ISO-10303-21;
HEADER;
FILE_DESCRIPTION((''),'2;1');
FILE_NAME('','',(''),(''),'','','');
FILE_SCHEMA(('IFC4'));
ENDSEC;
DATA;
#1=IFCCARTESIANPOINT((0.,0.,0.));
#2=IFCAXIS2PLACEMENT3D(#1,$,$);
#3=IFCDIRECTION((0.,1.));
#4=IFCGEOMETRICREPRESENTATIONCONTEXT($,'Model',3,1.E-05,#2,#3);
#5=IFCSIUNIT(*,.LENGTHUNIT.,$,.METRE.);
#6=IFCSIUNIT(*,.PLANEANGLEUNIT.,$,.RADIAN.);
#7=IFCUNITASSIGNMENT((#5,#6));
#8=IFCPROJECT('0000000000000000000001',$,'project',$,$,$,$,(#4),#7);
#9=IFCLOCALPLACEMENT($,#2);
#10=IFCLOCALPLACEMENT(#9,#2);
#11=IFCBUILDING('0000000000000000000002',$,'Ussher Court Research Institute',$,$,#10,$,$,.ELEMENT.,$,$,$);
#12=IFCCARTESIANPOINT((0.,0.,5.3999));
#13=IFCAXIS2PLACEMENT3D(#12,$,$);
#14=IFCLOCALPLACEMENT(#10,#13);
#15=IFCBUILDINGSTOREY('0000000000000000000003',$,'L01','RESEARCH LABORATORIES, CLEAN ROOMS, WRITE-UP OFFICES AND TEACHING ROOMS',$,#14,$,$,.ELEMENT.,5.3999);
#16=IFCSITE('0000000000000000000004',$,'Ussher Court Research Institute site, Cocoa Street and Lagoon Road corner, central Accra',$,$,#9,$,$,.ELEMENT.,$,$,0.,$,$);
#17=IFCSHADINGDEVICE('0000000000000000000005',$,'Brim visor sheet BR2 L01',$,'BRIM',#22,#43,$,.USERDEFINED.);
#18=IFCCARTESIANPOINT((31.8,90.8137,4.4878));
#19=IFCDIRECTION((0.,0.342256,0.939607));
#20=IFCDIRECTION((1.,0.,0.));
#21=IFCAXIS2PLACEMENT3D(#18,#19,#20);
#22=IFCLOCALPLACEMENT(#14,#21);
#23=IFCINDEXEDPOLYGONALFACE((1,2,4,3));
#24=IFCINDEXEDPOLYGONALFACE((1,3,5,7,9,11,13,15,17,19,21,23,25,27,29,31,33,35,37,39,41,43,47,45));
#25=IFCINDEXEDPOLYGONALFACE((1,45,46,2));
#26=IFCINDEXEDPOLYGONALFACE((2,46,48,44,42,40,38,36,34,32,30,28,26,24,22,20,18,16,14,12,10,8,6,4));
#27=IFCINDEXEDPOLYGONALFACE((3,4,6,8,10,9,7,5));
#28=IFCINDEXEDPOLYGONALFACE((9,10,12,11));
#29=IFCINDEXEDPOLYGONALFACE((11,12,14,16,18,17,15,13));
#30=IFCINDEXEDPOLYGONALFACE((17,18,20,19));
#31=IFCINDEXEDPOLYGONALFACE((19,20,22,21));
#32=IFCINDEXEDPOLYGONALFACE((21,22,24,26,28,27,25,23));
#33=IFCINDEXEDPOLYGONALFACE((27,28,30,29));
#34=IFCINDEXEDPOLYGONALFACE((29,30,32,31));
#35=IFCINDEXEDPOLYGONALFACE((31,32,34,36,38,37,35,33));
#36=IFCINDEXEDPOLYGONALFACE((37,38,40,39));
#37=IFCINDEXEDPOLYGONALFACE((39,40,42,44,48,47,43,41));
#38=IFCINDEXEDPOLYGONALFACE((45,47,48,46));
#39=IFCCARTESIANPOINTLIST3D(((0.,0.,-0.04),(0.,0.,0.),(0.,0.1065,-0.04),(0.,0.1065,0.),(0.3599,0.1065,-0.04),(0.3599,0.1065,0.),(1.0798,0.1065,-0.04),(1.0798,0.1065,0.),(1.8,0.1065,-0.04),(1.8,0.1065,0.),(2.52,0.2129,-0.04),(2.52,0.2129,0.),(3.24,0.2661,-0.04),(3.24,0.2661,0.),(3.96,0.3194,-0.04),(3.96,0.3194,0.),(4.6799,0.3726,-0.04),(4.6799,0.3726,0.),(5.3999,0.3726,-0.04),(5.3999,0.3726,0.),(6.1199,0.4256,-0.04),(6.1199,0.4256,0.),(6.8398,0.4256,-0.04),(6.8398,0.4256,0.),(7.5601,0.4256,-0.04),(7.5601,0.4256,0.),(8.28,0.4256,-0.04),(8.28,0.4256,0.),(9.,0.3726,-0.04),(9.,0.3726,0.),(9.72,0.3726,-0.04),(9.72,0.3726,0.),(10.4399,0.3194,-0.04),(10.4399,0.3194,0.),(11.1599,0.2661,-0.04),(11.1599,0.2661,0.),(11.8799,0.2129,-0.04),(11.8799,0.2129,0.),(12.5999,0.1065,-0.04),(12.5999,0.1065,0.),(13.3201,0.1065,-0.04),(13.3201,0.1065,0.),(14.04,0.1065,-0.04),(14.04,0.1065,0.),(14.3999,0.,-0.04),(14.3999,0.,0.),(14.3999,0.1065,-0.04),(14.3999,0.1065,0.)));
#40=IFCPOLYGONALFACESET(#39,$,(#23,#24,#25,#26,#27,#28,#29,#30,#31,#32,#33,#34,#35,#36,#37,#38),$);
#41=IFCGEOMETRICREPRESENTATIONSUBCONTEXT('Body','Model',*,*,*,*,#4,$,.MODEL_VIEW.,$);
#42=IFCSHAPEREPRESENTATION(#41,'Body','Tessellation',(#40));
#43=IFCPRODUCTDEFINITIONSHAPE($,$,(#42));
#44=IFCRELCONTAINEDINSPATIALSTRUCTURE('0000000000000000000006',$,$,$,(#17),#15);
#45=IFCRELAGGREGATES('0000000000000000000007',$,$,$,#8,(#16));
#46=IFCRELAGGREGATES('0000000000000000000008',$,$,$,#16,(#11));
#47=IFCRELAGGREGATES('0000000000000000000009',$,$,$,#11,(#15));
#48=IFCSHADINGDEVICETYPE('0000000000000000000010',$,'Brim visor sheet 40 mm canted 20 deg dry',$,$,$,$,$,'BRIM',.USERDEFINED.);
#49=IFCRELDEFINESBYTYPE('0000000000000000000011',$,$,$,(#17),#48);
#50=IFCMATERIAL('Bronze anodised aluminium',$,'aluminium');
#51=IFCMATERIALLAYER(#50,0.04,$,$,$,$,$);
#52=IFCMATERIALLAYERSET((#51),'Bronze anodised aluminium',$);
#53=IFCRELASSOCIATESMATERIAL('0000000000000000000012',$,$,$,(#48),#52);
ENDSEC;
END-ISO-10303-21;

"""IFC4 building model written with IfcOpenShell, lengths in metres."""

from ifc_helpers import new_model, si_unit, direction, frame, origin, place, context, subcontext, project, spatial, polyline, outline, extrude, material, layer, layer_set, type_object, element, save


model = new_model("IFC4")

# Units and contexts
model_context = context("Model", 3, precision=1e-05, world=origin(), true_north=direction((0.0, 1.0)))
body_context = subcontext(model_context, "Body", "Model", "MODEL_VIEW")
ifc_project = project(units=[si_unit("LENGTHUNIT", "METRE"), si_unit("PLANEANGLEUNIT", "RADIAN")], contexts=[model_context])

# Site, building, storey
site_placement = place(None, origin())
site = spatial("IfcSite", under=ifc_project, at=site_placement, Name="Ussher Court Research Institute site, Cocoa Street and Lagoon Road corner, central Accra", CompositionType="ELEMENT", RefElevation=0.0)
building_placement = place(site_placement, origin())
building = spatial("IfcBuilding", under=site, at=building_placement, Name="Ussher Court Research Institute", CompositionType="ELEMENT")
storey_placement = place(building_placement, frame((0.0, 0.0, 5.3999)))
storey = spatial("IfcBuildingStorey", under=building, at=storey_placement, Name="L01", Description="RESEARCH LABORATORIES, CLEAN ROOMS, WRITE-UP OFFICES AND TEACHING ROOMS", CompositionType="ELEMENT", Elevation=5.3999)

# Shading device
ifc_material_1 = material(Name="Bronze anodised aluminium", Category="aluminium")
ifc_layer_1 = layer(ifc_material_1, 0.04)
ifc_layer_set_1 = layer_set([ifc_layer_1], Name="Bronze anodised aluminium")
shading_device_type_1 = type_object("IfcShadingDeviceType", Name="Brim visor sheet 40 mm canted 20 deg dry", ElementType="BRIM", PredefinedType="USERDEFINED", material=ifc_layer_set_1)
shading_device_1_placement = place(storey_placement, frame((31.8, 90.8137, 4.4878), z_axis=(0.0, 0.342256, 0.939607), x_axis=(1.0, 0.0, 0.0)))
element("IfcShadingDevice", 1, at=shading_device_1_placement, inside=storey, type_object=shading_device_type_1, Name="Brim visor sheet BR2 L01", ObjectType="BRIM", PredefinedType="USERDEFINED", context=body_context, shape_type="SweptSolid", body=[
    extrude(outline(polyline([(0.0, 0.0), (14.3999, 0.0), (14.3999, 0.1065), (14.04, 0.1065), (13.3201, 0.1065), (12.5999, 0.1065), (11.8799, 0.2129), (11.1599, 0.2661), (10.4399, 0.3194), (9.72, 0.3726), (9.0, 0.3726), (8.28, 0.4256), (7.5601, 0.4256), (6.8398, 0.4256), (6.1199, 0.4256), (5.3999, 0.3726), (4.6799, 0.3726), (3.96, 0.3194), (3.24, 0.2661), (2.52, 0.2129), (1.8, 0.1065), (1.0798, 0.1065), (0.3599, 0.1065), (0.0, 0.1065), (0.0, 0.0)])), origin(), (0.0, 0.0, -1.0), 0.04),
])

save(model, "model.ifc")
